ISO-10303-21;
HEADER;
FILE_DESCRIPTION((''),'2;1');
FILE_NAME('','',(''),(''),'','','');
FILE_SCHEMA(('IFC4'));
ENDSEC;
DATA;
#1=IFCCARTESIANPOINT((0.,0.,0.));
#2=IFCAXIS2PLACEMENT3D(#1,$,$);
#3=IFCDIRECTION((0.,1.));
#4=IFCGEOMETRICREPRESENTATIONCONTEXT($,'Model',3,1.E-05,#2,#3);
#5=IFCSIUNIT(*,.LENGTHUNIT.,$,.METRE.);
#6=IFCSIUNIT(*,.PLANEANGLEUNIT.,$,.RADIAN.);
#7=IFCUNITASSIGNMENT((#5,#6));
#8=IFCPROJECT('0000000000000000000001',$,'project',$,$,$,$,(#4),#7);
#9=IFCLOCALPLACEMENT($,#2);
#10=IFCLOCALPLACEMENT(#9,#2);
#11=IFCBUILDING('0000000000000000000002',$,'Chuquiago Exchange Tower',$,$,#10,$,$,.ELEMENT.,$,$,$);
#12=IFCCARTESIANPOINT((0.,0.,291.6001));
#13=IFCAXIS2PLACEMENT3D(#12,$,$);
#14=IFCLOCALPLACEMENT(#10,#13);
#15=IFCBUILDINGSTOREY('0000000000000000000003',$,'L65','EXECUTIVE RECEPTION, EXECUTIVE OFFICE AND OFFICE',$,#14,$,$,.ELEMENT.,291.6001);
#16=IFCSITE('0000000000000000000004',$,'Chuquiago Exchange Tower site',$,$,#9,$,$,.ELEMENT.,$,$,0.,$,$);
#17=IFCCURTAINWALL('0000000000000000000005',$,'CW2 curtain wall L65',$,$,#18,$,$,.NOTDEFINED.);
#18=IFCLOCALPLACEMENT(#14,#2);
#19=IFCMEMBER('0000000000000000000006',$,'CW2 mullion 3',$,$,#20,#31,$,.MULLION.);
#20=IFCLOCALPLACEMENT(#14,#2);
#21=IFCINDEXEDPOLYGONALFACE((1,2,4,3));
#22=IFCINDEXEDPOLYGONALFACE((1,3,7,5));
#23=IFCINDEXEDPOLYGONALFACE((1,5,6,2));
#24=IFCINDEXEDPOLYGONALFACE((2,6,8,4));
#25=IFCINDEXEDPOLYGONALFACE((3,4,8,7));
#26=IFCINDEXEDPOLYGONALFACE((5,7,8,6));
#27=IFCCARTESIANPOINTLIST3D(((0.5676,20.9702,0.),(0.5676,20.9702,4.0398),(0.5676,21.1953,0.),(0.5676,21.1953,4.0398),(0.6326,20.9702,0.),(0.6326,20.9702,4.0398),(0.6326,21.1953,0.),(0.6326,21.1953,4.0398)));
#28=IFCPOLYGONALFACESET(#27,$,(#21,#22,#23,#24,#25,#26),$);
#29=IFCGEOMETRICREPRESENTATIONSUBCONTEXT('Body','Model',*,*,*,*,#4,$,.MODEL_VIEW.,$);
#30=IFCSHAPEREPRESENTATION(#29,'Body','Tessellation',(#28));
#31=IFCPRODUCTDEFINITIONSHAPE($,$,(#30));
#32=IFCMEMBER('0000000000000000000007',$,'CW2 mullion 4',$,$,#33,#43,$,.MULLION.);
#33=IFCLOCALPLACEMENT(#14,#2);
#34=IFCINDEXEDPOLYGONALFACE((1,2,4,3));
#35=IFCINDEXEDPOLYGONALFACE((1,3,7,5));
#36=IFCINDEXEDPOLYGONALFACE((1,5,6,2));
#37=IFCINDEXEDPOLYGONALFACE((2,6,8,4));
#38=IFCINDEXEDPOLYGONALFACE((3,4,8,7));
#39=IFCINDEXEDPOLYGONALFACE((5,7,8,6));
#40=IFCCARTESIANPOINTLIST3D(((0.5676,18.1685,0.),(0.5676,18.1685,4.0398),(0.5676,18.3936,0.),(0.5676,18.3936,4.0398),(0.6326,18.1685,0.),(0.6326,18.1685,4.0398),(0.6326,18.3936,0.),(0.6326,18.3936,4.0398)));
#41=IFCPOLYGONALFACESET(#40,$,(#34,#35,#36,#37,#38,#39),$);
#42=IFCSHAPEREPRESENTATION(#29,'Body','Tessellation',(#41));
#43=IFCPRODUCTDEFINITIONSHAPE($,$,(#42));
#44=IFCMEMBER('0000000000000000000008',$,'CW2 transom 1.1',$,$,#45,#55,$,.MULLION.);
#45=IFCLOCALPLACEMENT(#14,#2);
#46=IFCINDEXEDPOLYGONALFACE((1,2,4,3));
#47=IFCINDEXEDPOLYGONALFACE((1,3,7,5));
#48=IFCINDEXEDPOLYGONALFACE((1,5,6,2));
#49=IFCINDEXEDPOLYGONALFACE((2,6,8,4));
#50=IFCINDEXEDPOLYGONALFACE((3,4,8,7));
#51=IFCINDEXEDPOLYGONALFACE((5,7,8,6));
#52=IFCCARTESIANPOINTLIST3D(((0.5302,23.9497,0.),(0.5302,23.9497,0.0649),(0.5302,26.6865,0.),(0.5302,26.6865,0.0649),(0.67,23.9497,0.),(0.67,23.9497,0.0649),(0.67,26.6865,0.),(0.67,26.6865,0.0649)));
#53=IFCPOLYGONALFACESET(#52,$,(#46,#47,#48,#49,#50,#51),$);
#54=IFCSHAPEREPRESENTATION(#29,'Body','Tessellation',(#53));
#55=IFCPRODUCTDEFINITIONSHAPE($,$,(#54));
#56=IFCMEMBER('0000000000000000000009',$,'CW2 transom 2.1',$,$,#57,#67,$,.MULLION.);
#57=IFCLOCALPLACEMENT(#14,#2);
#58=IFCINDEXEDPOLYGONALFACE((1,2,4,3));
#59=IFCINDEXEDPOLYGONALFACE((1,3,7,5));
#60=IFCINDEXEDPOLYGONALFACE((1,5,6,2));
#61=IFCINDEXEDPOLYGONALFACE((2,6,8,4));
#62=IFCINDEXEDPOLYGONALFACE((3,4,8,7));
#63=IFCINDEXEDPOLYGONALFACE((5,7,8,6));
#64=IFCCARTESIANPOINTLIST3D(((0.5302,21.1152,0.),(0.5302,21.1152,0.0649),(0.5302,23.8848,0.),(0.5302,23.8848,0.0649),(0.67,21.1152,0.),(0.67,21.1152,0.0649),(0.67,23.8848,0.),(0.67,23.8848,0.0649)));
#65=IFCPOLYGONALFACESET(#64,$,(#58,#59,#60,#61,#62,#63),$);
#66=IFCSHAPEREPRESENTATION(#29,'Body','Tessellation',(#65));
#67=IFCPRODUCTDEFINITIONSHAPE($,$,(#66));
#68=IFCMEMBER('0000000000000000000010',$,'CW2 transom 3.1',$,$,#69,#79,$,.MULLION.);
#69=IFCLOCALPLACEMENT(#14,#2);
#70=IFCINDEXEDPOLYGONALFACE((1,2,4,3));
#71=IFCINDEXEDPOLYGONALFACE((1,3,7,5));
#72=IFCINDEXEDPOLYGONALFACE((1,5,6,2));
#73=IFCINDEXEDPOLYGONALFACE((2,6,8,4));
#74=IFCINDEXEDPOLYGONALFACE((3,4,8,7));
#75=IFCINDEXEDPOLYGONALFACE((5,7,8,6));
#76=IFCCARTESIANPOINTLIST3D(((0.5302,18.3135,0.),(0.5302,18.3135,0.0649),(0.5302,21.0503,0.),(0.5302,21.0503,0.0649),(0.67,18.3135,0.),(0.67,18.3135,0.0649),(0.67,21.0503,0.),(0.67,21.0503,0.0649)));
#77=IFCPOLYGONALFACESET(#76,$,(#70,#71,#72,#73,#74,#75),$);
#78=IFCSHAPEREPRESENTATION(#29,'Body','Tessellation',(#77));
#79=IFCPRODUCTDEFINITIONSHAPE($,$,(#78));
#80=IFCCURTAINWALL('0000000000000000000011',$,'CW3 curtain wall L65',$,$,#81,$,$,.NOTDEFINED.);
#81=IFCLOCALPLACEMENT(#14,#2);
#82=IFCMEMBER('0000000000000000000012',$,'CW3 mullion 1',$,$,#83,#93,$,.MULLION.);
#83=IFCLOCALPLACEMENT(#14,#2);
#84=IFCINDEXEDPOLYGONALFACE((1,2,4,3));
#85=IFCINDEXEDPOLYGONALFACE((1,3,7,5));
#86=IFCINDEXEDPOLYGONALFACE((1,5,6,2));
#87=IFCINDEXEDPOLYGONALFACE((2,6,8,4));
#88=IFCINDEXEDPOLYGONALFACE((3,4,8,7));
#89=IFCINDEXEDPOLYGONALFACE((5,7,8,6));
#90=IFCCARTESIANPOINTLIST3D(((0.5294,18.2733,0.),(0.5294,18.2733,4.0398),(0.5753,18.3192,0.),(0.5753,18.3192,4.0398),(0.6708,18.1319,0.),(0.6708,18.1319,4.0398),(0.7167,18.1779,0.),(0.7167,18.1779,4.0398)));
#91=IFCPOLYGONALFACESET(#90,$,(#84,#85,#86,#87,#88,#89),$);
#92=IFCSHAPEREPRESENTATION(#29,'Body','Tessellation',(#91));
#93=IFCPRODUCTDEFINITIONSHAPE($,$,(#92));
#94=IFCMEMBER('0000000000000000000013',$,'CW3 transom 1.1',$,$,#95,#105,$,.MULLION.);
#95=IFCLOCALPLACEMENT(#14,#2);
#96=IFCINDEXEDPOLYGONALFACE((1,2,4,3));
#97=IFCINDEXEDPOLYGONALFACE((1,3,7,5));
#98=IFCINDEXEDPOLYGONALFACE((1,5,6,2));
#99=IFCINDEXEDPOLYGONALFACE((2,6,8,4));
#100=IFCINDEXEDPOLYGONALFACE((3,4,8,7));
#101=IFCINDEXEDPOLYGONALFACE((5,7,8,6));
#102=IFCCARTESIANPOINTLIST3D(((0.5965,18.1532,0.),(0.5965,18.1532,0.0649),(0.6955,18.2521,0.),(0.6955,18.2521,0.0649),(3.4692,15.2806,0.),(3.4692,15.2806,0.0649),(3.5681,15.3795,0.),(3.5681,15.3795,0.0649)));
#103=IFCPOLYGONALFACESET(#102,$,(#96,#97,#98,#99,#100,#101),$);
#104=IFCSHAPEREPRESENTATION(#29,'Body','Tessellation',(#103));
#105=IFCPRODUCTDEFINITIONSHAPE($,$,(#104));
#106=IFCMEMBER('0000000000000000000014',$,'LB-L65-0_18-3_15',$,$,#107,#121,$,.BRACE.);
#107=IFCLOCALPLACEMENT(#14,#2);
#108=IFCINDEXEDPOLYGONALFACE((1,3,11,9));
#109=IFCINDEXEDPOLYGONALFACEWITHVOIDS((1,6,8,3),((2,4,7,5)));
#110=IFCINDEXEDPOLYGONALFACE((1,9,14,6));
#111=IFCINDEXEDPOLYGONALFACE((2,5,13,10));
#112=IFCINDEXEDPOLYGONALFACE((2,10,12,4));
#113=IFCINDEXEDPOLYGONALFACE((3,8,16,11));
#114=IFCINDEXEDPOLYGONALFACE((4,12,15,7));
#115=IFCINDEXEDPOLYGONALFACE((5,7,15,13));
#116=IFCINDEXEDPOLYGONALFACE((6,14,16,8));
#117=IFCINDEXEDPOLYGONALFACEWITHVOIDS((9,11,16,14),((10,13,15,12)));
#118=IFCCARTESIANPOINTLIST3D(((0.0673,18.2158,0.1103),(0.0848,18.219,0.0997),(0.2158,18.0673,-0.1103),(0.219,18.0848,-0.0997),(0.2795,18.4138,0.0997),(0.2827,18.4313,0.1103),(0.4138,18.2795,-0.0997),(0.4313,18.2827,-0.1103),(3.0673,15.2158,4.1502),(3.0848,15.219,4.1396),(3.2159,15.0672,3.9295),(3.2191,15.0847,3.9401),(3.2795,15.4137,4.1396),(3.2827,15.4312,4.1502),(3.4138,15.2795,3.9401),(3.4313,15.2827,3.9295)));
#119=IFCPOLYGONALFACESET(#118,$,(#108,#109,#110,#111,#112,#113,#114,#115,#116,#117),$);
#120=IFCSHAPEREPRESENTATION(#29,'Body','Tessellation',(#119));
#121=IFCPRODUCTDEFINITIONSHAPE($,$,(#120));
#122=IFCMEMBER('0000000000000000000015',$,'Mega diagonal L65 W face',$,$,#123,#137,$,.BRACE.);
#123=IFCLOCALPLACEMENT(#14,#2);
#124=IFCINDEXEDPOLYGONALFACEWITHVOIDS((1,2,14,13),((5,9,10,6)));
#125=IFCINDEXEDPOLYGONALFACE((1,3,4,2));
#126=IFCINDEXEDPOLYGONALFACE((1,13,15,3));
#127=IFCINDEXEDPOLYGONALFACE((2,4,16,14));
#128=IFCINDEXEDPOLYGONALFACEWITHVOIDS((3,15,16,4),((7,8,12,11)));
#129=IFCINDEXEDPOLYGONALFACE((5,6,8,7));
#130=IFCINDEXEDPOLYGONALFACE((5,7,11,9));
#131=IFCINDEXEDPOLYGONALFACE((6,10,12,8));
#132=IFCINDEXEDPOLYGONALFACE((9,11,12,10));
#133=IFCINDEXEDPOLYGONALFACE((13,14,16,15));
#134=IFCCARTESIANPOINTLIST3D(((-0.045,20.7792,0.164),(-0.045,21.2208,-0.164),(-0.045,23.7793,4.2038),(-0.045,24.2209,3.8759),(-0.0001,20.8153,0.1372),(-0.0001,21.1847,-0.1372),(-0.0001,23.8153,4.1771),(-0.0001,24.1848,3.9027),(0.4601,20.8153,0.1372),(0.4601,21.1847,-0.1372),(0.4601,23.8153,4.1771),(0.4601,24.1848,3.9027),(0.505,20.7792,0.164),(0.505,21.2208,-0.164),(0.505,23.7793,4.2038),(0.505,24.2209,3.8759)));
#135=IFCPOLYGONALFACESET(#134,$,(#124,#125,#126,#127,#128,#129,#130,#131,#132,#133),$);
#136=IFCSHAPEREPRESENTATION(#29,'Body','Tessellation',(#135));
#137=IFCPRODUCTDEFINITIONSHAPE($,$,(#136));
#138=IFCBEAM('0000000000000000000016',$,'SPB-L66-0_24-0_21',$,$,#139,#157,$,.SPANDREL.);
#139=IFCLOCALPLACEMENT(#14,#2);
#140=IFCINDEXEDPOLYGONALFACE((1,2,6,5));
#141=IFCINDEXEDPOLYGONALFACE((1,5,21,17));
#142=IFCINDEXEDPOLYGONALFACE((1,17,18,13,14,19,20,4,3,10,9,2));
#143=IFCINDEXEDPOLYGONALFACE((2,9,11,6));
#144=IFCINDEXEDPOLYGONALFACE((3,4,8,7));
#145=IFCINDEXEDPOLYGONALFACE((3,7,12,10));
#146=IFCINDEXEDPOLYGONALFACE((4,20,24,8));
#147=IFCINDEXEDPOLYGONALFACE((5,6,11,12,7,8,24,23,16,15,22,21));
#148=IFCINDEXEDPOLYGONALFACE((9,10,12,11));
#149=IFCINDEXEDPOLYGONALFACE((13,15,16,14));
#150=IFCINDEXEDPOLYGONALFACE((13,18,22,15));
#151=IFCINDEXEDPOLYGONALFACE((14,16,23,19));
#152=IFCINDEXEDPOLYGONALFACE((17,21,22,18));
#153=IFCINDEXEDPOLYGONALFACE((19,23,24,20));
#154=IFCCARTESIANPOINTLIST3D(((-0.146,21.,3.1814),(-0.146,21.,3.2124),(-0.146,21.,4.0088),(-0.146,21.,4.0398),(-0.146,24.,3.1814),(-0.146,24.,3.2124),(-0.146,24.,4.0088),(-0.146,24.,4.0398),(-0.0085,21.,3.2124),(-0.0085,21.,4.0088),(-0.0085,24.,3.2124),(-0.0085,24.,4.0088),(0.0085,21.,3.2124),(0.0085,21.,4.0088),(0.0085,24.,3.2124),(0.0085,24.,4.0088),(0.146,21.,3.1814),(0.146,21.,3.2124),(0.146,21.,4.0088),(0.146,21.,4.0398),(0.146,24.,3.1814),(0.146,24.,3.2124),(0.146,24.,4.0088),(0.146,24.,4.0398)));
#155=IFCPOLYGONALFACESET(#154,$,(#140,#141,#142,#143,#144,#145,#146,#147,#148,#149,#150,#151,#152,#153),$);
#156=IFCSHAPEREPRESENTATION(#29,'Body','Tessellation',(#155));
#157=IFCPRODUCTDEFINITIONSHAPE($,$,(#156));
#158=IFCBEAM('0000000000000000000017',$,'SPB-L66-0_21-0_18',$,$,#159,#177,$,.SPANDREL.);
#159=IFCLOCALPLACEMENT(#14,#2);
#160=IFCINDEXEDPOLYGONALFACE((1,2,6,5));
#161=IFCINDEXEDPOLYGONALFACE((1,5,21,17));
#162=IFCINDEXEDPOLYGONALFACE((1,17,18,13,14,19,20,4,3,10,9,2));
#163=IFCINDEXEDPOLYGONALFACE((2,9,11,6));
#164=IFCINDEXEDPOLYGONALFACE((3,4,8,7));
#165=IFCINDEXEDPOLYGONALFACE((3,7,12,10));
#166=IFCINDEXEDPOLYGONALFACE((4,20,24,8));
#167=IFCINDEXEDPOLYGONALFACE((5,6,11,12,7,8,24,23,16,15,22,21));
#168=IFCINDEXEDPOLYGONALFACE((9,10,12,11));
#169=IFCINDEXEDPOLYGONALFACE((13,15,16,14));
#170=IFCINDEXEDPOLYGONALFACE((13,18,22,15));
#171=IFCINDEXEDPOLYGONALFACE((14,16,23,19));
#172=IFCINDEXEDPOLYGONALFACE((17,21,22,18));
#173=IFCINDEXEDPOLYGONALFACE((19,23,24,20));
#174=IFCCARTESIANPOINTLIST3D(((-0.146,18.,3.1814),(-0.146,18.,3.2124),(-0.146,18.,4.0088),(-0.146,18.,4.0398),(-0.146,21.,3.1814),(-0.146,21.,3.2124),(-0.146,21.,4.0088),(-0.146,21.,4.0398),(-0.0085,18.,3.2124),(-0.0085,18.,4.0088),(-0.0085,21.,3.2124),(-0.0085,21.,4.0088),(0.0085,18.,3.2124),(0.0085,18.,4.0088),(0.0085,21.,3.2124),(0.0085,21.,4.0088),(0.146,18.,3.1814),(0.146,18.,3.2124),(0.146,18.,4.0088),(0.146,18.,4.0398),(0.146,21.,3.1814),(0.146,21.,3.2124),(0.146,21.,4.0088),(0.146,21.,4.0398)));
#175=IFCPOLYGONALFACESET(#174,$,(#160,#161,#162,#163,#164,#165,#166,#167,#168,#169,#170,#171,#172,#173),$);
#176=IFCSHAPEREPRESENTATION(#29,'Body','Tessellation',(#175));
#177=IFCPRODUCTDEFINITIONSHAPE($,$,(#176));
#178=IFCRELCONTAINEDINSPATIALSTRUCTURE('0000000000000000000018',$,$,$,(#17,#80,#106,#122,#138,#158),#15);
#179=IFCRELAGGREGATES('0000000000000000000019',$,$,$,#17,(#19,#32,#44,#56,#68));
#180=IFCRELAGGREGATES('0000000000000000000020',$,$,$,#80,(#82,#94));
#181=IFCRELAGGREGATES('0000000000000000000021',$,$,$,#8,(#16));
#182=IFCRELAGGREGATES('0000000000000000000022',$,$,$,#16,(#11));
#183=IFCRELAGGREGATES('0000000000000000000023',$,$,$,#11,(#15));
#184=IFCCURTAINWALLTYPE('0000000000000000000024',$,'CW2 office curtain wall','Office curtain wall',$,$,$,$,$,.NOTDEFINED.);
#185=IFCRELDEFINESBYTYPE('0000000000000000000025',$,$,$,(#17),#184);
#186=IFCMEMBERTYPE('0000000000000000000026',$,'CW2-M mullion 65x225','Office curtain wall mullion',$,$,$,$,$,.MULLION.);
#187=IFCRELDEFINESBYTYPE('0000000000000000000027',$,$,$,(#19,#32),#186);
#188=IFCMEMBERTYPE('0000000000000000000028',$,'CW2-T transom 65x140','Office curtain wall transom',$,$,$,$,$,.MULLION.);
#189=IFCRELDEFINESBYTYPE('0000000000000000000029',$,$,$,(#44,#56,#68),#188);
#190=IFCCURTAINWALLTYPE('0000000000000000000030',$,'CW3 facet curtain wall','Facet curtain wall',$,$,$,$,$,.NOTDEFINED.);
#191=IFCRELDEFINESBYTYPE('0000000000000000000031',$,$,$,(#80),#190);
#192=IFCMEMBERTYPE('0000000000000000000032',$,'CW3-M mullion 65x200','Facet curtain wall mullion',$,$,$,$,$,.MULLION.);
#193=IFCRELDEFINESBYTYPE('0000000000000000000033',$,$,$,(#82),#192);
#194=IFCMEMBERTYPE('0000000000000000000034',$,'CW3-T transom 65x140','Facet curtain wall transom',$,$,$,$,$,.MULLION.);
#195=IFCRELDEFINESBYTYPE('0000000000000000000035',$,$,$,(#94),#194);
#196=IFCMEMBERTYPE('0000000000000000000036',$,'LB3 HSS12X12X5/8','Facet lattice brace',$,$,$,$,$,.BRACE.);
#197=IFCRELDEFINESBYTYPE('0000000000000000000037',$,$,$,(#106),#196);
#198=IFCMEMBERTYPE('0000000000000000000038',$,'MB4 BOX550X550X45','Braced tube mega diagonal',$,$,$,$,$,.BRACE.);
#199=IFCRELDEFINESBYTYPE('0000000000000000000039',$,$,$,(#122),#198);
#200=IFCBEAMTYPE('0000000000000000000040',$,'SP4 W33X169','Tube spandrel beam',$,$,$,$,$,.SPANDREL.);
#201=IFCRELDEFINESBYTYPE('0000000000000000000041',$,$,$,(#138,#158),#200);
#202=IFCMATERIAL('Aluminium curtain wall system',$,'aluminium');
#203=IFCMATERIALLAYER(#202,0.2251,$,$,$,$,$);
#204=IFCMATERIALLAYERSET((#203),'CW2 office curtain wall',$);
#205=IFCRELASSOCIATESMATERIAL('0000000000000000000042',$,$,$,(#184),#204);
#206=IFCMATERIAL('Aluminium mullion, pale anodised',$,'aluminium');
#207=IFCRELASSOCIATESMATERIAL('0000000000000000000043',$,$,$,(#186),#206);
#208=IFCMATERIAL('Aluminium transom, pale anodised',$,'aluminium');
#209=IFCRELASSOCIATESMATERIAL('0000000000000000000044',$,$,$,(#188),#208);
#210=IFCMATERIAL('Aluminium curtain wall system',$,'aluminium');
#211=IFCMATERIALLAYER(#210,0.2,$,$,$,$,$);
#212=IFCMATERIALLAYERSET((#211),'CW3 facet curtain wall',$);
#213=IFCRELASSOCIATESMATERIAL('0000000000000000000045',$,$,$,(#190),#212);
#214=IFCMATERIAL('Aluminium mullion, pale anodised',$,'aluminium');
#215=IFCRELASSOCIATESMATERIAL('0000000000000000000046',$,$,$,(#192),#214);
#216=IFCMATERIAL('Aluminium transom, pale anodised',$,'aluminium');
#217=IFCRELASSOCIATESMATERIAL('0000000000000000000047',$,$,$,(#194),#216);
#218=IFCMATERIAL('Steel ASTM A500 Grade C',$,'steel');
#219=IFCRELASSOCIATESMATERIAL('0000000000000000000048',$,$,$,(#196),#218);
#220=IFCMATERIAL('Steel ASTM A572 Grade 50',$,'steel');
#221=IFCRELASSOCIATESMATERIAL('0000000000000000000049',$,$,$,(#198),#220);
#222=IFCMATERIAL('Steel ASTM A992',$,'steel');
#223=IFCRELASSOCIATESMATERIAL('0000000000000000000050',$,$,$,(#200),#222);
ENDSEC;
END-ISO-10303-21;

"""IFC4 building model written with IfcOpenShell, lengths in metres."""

from ifc_helpers import new_model, si_unit, direction, frame, origin, origin_2d, place, context, subcontext, project, spatial, rectangle, hollow_rectangle, i_section, extrude, material, layer, layer_set, material_profile, profile_set, type_object, element, aggregate, save


model = new_model("IFC4")

# Units and contexts
model_context = context("Model", 3, precision=1e-05, world=origin(), true_north=direction((0.0, 1.0)))
body_context = subcontext(model_context, "Body", "Model", "MODEL_VIEW")
ifc_project = project(units=[si_unit("LENGTHUNIT", "METRE"), si_unit("PLANEANGLEUNIT", "RADIAN")], contexts=[model_context])

# Site, building, storey
site_placement = place(None, origin())
site = spatial("IfcSite", under=ifc_project, at=site_placement, Name="Chuquiago Exchange Tower site", CompositionType="ELEMENT", RefElevation=0.0)
building_placement = place(site_placement, origin())
building = spatial("IfcBuilding", under=site, at=building_placement, Name="Chuquiago Exchange Tower", CompositionType="ELEMENT")
storey_placement = place(building_placement, frame((0.0, 0.0, 291.6001)))
storey = spatial("IfcBuildingStorey", under=building, at=storey_placement, Name="L65", Description="EXECUTIVE RECEPTION, EXECUTIVE OFFICE AND OFFICE", CompositionType="ELEMENT", Elevation=291.6001)

# Curtain walls, members
ifc_material_1 = material(Name="Aluminium curtain wall system", Category="aluminium")
ifc_layer_1 = layer(ifc_material_1, 0.2251)
ifc_layer_set_1 = layer_set([ifc_layer_1], Name="CW2 office curtain wall")
curtain_wall_type_1 = type_object("IfcCurtainWallType", Name="CW2 office curtain wall", Description="Office curtain wall", PredefinedType="NOTDEFINED", material=ifc_layer_set_1)
curtain_wall_1_placement = place(storey_placement, origin())
curtain_wall_1 = element("IfcCurtainWall", 1, at=curtain_wall_1_placement, inside=storey, type_object=curtain_wall_type_1, Name="CW2 curtain wall L65", PredefinedType="NOTDEFINED")
ifc_material_2 = material(Name="Aluminium mullion, pale anodised", Category="aluminium")
ifc_material_profile_1 = material_profile(ifc_material_2, rectangle(XDim=0.0649, YDim=0.2251, at=origin_2d()), Name="AL 65x225")
ifc_profile_set_1 = profile_set([ifc_material_profile_1], Name="Aluminium mullion, pale anodised")
member_type_1 = type_object("IfcMemberType", Name="CW2-M mullion 65x225", Description="Office curtain wall mullion", PredefinedType="MULLION", material=ifc_profile_set_1)
member_1_placement = place(storey_placement, frame((0.6001, 21.0828, 0.0), z_axis=(0.0, 0.0, 1.0), x_axis=(1.0, 0.0, 0.0)))
member_1 = element("IfcMember", 2, at=member_1_placement, type_object=member_type_1, Name="CW2 mullion 3", PredefinedType="MULLION", context=body_context, shape_type="SweptSolid", body=[
    extrude(rectangle(XDim=0.0649, YDim=0.2251, at=origin_2d()), origin(), (0.0, 0.0, 1.0), 4.0398),
])
member_2_placement = place(storey_placement, frame((0.6001, 18.281, 0.0), z_axis=(0.0, 0.0, 1.0), x_axis=(1.0, 0.0, 0.0)))
member_2 = element("IfcMember", 3, at=member_2_placement, type_object=member_type_1, Name="CW2 mullion 4", PredefinedType="MULLION", context=body_context, shape_type="SweptSolid", body=[
    extrude(rectangle(XDim=0.0649, YDim=0.2251, at=origin_2d()), origin(), (0.0, 0.0, 1.0), 4.0398),
])
ifc_material_3 = material(Name="Aluminium transom, pale anodised", Category="aluminium")
ifc_material_profile_2 = material_profile(ifc_material_3, rectangle(XDim=0.1399, YDim=0.0649, at=origin_2d()), Name="AL 140x65")
ifc_profile_set_2 = profile_set([ifc_material_profile_2], Name="Aluminium transom, pale anodised")
member_type_2 = type_object("IfcMemberType", Name="CW2-T transom 65x140", Description="Office curtain wall transom", PredefinedType="MULLION", material=ifc_profile_set_2)
member_3_placement = place(storey_placement, frame((0.6001, 26.6865, 0.0325), z_axis=(0.0, -1.0, 0.0), x_axis=(1.0, 0.0, 0.0)))
member_3 = element("IfcMember", 4, at=member_3_placement, type_object=member_type_2, Name="CW2 transom 1.1", PredefinedType="MULLION", context=body_context, shape_type="SweptSolid", body=[
    extrude(rectangle(XDim=0.1399, YDim=0.0649, at=origin_2d()), origin(), (0.0, 0.0, 1.0), 2.7368),
])
member_4_placement = place(storey_placement, frame((0.6001, 23.8848, 0.0325), z_axis=(0.0, -1.0, 0.0), x_axis=(1.0, 0.0, 0.0)))
member_4 = element("IfcMember", 5, at=member_4_placement, type_object=member_type_2, Name="CW2 transom 2.1", PredefinedType="MULLION", context=body_context, shape_type="SweptSolid", body=[
    extrude(rectangle(XDim=0.1399, YDim=0.0649, at=origin_2d()), origin(), (0.0, 0.0, 1.0), 2.7695),
])
member_5_placement = place(storey_placement, frame((0.6001, 21.0503, 0.0325), z_axis=(0.0, -1.0, 0.0), x_axis=(1.0, 0.0, 0.0)))
member_5 = element("IfcMember", 6, at=member_5_placement, type_object=member_type_2, Name="CW2 transom 3.1", PredefinedType="MULLION", context=body_context, shape_type="SweptSolid", body=[
    extrude(rectangle(XDim=0.1399, YDim=0.0649, at=origin_2d()), origin(), (0.0, 0.0, 1.0), 2.7368),
])
ifc_material_4 = material(Name="Aluminium curtain wall system", Category="aluminium")
ifc_layer_2 = layer(ifc_material_4, 0.2)
ifc_layer_set_2 = layer_set([ifc_layer_2], Name="CW3 facet curtain wall")
curtain_wall_type_2 = type_object("IfcCurtainWallType", Name="CW3 facet curtain wall", Description="Facet curtain wall", PredefinedType="NOTDEFINED", material=ifc_layer_set_2)
curtain_wall_2_placement = place(storey_placement, origin())
curtain_wall_2 = element("IfcCurtainWall", 7, at=curtain_wall_2_placement, inside=storey, type_object=curtain_wall_type_2, Name="CW3 curtain wall L65", PredefinedType="NOTDEFINED")
ifc_material_5 = material(Name="Aluminium mullion, pale anodised", Category="aluminium")
ifc_material_profile_3 = material_profile(ifc_material_5, rectangle(XDim=0.0649, YDim=0.2, at=origin_2d()), Name="AL 65x200")
ifc_profile_set_3 = profile_set([ifc_material_profile_3], Name="Aluminium mullion, pale anodised")
member_type_3 = type_object("IfcMemberType", Name="CW3-M mullion 65x200", Description="Facet curtain wall mullion", PredefinedType="MULLION", material=ifc_profile_set_3)
member_6_placement = place(storey_placement, frame((0.623, 18.2256, 0.0), z_axis=(0.0, 0.0, 1.0), x_axis=(0.707107, 0.707107, 0.0)))
member_6 = element("IfcMember", 8, at=member_6_placement, type_object=member_type_3, Name="CW3 mullion 1", PredefinedType="MULLION", context=body_context, shape_type="SweptSolid", body=[
    extrude(rectangle(XDim=0.0649, YDim=0.2, at=origin_2d()), origin(), (0.0, 0.0, 1.0), 4.0398),
])
ifc_material_6 = material(Name="Aluminium transom, pale anodised", Category="aluminium")
ifc_material_profile_4 = material_profile(ifc_material_6, rectangle(XDim=0.1399, YDim=0.0649, at=origin_2d()), Name="AL 140x65")
ifc_profile_set_4 = profile_set([ifc_material_profile_4], Name="Aluminium transom, pale anodised")
member_type_4 = type_object("IfcMemberType", Name="CW3-T transom 65x140", Description="Facet curtain wall transom", PredefinedType="MULLION", material=ifc_profile_set_4)
member_7_placement = place(storey_placement, frame((0.646, 18.2026, 0.0325), z_axis=(0.707107, -0.707107, 0.0), x_axis=(0.707107, 0.707107, 0.0)))
member_7 = element("IfcMember", 9, at=member_7_placement, type_object=member_type_4, Name="CW3 transom 1.1", PredefinedType="MULLION", context=body_context, shape_type="SweptSolid", body=[
    extrude(rectangle(XDim=0.1399, YDim=0.0649, at=origin_2d()), origin(), (0.0, 0.0, 1.0), 4.0625),
])

# Members
ifc_material_7 = material(Name="Steel ASTM A500 Grade C", Category="steel")
ifc_material_profile_5 = material_profile(ifc_material_7, hollow_rectangle(XDim=0.3047, YDim=0.3047, WallThickness=0.0146, at=origin_2d()), Name="HSS12X12X5/8")
ifc_profile_set_5 = profile_set([ifc_material_profile_5], Name="Steel ASTM A500 Grade C")
member_type_5 = type_object("IfcMemberType", Name="LB3 HSS12X12X5/8", Description="Facet lattice brace", PredefinedType="BRACE", material=ifc_profile_set_5)
member_8_placement = place(storey_placement, frame((0.2493, 18.2493, 0.0), z_axis=(0.512092, -0.512092, 0.689582), x_axis=(0.707107, 0.707107, 0.0)))
element("IfcMember", 10, at=member_8_placement, inside=storey, type_object=member_type_5, Name="LB-L65-0_18-3_15", PredefinedType="BRACE", context=body_context, shape_type="SweptSolid", body=[
    extrude(hollow_rectangle(XDim=0.3047, YDim=0.3047, WallThickness=0.0146, at=origin_2d()), origin(), (0.0, 0.0, 1.0), 5.8584),
])
ifc_material_8 = material(Name="Steel ASTM A572 Grade 50", Category="steel")
ifc_material_profile_6 = material_profile(ifc_material_8, hollow_rectangle(XDim=0.55, YDim=0.55, WallThickness=0.0449, at=origin_2d()), Name="BOX550X550X45")
ifc_profile_set_6 = profile_set([ifc_material_profile_6], Name="Steel ASTM A572 Grade 50")
member_type_6 = type_object("IfcMemberType", Name="MB4 BOX550X550X45", Description="Braced tube mega diagonal", PredefinedType="BRACE", material=ifc_profile_set_6)
member_9_placement = place(storey_placement, frame((0.23, 21.0, 0.0), z_axis=(0.0, 0.596197, 0.802838), x_axis=(-1.0, 0.0, 0.0)))
element("IfcMember", 11, at=member_9_placement, inside=storey, type_object=member_type_6, Name="Mega diagonal L65 W face", PredefinedType="BRACE", context=body_context, shape_type="SweptSolid", body=[
    extrude(hollow_rectangle(XDim=0.55, YDim=0.55, WallThickness=0.0449, at=origin_2d()), origin(), (0.0, 0.0, 1.0), 5.032),
])

# Beams
ifc_material_9 = material(Name="Steel ASTM A992", Category="steel")
ifc_material_profile_7 = material_profile(ifc_material_9, i_section(OverallWidth=0.292, OverallDepth=0.8584, WebThickness=0.0171, FlangeThickness=0.031, at=origin_2d()), Name="W33X169")
ifc_profile_set_7 = profile_set([ifc_material_profile_7], Name="Steel ASTM A992")
beam_type_1 = type_object("IfcBeamType", Name="SP4 W33X169", Description="Tube spandrel beam", PredefinedType="SPANDREL", material=ifc_profile_set_7)
for number, where, z_axis, x_axis, name in (
    (12, (0.0, 24.0, 3.6106), (0.0, -1.0, 0.0), (1.0, 0.0, 0.0), "SPB-L66-0_24-0_21"),
    (13, (0.0, 21.0, 3.6106), (0.0, -1.0, 0.0), (1.0, 0.0, 0.0), "SPB-L66-0_21-0_18"),
):
    element("IfcBeam", number, at=place(storey_placement, frame(where, z_axis=z_axis, x_axis=x_axis)), inside=storey, type_object=beam_type_1, Name=name, PredefinedType="SPANDREL", context=body_context, shape_type="SweptSolid", body=[
        extrude(i_section(OverallWidth=0.292, OverallDepth=0.8584, WebThickness=0.0171, FlangeThickness=0.031, at=origin_2d()), origin(), (0.0, 0.0, 1.0), 3.0),
    ])

aggregate(curtain_wall_1, [member_1, member_2, member_3, member_4, member_5])
aggregate(curtain_wall_2, [member_6, member_7])

save(model, "model.ifc")
